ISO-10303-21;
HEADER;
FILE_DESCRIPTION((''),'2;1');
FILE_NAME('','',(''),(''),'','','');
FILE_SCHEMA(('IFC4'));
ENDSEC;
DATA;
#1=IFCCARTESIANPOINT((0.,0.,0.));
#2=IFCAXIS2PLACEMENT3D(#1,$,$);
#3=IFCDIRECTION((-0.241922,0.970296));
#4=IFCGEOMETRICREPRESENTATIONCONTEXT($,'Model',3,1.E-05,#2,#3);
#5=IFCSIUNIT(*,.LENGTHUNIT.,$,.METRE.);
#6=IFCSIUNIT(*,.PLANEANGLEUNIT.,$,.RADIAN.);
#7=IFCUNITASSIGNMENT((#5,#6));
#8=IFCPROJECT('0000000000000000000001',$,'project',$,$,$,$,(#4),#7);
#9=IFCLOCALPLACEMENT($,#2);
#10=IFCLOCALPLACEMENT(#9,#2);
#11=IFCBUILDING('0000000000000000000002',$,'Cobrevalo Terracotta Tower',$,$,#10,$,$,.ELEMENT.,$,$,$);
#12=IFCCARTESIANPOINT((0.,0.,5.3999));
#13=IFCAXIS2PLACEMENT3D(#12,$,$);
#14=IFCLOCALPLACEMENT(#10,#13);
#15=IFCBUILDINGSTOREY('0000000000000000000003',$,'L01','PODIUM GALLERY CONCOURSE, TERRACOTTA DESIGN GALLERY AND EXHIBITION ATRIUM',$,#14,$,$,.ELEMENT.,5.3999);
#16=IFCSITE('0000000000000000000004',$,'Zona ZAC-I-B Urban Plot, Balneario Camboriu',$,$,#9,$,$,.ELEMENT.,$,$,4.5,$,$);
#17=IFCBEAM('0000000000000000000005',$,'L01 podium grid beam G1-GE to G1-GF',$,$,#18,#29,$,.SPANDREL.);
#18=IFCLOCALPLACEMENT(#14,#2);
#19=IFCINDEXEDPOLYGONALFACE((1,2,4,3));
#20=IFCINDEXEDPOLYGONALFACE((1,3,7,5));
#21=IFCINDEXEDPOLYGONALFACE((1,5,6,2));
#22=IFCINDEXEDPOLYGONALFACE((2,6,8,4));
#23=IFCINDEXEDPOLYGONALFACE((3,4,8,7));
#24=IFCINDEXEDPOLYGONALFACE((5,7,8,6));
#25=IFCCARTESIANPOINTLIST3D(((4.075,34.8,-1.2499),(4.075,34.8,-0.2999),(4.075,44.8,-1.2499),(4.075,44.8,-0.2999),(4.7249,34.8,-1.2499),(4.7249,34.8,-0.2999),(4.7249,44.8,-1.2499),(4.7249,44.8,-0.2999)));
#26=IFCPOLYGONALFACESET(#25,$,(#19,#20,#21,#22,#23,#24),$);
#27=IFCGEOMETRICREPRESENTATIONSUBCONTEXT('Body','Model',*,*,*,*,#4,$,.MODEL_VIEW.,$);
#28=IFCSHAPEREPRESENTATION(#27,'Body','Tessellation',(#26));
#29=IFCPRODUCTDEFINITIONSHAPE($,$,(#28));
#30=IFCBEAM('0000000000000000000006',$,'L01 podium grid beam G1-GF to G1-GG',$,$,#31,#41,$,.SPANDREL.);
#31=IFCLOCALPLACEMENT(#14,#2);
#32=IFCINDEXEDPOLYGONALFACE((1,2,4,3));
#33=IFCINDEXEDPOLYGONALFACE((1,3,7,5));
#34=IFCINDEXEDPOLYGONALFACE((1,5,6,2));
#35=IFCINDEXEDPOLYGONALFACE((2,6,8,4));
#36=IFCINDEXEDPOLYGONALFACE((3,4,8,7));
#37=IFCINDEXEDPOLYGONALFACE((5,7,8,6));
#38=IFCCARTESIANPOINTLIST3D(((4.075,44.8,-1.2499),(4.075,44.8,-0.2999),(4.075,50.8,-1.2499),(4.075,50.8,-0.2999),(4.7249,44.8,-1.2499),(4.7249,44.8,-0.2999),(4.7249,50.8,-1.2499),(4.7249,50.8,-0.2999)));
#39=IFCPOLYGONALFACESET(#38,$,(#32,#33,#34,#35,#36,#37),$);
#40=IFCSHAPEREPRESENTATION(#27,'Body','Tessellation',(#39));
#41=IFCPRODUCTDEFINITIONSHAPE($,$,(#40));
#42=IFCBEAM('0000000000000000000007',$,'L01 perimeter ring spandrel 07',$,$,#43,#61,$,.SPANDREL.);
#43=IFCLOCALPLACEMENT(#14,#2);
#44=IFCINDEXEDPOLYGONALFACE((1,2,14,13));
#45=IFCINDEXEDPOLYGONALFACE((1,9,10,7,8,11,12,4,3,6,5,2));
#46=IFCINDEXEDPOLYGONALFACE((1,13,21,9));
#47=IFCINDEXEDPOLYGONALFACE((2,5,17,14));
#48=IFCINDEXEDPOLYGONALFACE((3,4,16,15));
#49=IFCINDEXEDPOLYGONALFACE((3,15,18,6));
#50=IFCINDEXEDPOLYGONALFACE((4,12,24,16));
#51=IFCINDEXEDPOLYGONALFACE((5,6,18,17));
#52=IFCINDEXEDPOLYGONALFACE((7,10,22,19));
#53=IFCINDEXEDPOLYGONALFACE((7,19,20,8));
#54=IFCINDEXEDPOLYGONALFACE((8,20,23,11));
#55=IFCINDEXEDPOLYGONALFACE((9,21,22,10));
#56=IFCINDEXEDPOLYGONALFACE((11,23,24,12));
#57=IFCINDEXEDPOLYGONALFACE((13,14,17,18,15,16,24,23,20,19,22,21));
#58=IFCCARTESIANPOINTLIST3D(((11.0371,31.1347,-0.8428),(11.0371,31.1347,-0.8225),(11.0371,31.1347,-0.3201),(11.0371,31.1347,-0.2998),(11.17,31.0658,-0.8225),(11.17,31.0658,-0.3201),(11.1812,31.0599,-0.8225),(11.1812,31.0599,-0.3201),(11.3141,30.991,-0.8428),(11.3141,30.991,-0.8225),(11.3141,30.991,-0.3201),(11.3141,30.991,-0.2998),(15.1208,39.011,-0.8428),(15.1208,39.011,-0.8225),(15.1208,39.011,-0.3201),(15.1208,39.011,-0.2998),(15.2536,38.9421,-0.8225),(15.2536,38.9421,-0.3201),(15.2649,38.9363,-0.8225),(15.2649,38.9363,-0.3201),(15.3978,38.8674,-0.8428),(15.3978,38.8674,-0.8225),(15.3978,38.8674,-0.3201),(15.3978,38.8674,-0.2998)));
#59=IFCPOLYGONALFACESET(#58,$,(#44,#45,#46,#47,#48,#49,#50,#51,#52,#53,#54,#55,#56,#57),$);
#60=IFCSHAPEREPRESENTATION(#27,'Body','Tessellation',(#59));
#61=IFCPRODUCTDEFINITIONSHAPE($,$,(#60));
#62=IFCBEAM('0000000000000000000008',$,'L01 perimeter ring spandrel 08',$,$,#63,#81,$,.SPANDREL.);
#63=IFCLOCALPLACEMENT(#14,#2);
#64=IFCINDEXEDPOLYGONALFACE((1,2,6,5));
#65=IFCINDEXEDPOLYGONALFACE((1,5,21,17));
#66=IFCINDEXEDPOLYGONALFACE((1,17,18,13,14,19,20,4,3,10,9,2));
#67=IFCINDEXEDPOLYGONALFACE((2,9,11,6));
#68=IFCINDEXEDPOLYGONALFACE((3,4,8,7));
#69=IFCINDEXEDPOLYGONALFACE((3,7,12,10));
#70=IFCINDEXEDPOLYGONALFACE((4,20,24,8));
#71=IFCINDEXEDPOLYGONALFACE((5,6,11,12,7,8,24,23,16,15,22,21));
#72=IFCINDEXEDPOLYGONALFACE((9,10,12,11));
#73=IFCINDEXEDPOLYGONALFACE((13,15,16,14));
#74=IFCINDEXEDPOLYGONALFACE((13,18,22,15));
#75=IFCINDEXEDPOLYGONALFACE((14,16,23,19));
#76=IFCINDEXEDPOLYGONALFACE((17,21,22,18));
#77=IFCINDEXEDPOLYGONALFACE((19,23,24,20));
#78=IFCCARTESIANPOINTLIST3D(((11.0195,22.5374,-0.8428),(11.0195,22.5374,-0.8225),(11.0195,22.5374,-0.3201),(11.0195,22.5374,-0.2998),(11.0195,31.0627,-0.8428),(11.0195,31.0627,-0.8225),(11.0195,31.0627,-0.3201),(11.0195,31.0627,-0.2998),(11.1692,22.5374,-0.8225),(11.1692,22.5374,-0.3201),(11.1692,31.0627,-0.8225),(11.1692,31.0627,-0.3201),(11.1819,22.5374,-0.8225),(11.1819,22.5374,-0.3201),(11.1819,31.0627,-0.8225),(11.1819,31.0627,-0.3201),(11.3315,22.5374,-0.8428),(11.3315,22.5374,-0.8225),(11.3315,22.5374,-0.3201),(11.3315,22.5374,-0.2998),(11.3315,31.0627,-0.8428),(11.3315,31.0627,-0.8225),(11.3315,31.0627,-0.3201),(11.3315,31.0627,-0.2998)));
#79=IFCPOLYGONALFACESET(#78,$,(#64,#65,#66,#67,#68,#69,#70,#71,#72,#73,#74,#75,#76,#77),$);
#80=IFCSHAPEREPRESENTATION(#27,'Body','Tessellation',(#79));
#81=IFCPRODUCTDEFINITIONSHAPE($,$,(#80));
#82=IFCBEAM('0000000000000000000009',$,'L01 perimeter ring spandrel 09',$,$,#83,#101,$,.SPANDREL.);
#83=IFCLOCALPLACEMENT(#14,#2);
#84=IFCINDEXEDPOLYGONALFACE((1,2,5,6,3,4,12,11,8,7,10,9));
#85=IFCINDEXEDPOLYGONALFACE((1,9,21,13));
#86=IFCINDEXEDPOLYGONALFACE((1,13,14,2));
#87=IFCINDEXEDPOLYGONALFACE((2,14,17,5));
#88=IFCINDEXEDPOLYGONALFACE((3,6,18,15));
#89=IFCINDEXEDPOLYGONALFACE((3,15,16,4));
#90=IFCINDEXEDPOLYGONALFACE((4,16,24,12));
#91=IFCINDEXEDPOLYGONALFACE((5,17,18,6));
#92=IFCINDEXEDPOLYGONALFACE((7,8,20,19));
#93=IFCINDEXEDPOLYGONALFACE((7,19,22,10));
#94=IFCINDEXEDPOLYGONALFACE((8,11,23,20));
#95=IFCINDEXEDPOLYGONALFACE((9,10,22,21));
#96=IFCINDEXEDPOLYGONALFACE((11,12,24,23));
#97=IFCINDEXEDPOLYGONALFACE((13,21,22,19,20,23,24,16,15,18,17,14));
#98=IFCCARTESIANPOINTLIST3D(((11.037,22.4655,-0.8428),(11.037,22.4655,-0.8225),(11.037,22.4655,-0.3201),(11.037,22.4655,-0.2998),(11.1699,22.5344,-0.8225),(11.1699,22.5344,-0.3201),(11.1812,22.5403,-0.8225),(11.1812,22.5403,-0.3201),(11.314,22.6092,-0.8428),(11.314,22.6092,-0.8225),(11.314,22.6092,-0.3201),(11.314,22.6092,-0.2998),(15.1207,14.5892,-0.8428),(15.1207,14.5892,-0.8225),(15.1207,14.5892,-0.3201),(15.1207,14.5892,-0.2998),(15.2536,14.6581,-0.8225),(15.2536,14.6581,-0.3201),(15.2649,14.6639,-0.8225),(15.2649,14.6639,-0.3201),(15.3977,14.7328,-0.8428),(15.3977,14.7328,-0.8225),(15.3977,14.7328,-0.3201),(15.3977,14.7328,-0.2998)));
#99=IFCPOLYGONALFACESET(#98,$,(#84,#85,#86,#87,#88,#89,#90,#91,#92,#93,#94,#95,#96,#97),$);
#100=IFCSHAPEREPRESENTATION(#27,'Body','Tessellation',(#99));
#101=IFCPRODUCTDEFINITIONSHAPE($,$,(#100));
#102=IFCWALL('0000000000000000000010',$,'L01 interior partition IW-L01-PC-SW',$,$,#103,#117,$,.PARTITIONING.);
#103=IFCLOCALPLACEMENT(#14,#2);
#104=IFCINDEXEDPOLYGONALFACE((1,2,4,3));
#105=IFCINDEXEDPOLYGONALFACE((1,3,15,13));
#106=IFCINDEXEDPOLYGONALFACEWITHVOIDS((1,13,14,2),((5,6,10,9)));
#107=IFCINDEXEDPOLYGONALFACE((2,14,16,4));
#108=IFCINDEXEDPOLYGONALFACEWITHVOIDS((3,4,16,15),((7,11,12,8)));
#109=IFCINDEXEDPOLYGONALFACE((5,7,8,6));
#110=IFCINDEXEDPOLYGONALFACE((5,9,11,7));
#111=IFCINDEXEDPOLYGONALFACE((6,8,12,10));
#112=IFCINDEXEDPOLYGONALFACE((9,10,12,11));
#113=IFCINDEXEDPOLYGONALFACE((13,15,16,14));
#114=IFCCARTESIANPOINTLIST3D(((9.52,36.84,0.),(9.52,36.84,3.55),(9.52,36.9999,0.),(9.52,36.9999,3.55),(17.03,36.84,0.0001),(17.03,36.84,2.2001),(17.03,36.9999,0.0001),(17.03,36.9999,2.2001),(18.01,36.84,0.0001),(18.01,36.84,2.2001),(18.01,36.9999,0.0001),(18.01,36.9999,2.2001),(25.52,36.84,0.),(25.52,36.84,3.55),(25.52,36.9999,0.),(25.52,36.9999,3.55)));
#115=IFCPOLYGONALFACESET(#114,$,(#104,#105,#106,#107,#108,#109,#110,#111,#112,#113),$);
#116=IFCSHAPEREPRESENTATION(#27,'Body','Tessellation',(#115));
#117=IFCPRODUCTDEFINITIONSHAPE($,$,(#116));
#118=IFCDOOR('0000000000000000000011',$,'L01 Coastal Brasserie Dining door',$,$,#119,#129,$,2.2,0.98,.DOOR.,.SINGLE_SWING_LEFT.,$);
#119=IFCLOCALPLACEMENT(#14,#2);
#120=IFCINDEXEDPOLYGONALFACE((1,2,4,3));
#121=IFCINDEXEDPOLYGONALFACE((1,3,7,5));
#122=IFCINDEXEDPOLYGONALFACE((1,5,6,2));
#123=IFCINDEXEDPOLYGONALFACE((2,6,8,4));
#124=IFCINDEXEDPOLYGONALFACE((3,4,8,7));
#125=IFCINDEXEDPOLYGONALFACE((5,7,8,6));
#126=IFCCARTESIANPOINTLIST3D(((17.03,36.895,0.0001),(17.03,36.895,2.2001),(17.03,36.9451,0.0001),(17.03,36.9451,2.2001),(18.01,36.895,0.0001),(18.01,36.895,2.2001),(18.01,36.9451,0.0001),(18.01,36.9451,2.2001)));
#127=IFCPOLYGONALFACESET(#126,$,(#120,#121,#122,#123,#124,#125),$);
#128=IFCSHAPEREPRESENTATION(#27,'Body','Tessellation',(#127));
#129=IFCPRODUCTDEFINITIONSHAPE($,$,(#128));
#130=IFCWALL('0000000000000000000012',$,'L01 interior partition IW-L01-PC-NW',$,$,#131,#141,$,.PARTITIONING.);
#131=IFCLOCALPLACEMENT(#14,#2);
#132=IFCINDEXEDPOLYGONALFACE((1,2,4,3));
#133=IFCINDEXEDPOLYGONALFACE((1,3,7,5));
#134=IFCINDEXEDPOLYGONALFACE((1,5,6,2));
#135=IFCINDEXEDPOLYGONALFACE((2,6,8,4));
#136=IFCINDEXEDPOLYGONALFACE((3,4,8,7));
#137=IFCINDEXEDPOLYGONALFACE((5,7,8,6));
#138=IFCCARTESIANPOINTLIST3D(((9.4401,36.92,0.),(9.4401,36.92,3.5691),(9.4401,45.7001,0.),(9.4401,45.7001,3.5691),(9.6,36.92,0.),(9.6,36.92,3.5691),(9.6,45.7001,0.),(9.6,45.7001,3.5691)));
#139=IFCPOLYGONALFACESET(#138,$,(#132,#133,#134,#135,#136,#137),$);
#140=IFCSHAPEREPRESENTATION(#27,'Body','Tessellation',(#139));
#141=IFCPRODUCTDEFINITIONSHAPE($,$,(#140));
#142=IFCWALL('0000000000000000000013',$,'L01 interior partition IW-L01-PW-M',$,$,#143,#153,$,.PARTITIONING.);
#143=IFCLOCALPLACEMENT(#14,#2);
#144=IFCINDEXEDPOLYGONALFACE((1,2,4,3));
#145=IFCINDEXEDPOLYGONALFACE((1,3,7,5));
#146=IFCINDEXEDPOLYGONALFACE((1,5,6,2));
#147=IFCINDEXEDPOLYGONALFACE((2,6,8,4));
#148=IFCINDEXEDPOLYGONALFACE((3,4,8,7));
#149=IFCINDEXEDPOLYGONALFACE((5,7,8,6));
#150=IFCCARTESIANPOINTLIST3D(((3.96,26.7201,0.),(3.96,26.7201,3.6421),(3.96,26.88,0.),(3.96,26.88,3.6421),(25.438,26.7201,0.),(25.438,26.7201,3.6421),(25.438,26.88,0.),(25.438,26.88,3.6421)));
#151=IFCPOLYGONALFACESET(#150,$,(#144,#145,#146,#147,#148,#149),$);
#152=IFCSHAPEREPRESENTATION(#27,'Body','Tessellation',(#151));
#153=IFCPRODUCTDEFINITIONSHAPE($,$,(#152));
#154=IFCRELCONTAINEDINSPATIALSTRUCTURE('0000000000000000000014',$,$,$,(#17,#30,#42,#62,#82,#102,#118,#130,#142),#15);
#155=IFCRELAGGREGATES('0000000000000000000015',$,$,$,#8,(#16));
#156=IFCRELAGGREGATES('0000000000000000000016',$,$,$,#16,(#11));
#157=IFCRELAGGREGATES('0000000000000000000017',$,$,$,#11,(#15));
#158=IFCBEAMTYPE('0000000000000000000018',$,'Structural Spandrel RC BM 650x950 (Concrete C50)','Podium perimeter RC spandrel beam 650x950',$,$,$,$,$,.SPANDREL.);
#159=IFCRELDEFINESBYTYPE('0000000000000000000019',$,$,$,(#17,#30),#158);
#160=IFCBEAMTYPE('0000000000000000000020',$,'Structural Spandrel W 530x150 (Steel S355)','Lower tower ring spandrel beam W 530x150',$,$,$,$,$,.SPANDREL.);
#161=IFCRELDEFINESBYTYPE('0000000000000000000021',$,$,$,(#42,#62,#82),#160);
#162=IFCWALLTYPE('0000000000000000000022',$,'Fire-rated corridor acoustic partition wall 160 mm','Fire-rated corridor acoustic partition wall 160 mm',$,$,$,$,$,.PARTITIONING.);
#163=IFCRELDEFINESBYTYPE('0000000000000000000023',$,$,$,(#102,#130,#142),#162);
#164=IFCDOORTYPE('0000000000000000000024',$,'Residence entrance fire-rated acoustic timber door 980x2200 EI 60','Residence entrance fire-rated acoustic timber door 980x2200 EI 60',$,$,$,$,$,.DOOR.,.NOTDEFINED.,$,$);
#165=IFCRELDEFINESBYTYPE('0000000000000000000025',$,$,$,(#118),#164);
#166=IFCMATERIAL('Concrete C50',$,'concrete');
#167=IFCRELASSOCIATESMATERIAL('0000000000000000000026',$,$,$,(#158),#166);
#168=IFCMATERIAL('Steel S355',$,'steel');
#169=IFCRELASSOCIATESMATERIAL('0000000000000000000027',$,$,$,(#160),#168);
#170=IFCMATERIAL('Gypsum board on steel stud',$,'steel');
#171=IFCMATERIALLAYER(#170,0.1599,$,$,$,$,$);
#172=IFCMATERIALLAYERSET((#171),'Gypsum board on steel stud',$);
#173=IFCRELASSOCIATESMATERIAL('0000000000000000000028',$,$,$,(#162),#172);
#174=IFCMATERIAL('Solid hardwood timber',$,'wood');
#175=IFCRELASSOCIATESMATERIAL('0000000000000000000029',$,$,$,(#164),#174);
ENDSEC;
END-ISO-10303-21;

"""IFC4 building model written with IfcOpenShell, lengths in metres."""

from ifc_helpers import new_model, si_unit, direction, frame, frame_2d, origin, origin_2d, place, context, subcontext, project, spatial, rectangle, i_section, extrude, source, transform, mapped, material, layer, layer_set, material_profile, profile_set, type_object, element, fill, save


model = new_model("IFC4")

# Units and contexts
model_context = context("Model", 3, precision=1e-05, world=origin(), true_north=direction((-0.241922, 0.970296)))
body_context = subcontext(model_context, "Body", "Model", "MODEL_VIEW")
ifc_project = project(units=[si_unit("LENGTHUNIT", "METRE"), si_unit("PLANEANGLEUNIT", "RADIAN")], contexts=[model_context])

# Site, building, storey
site_placement = place(None, origin())
site = spatial("IfcSite", under=ifc_project, at=site_placement, Name="Zona ZAC-I-B Urban Plot, Balneario Camboriu", CompositionType="ELEMENT", RefElevation=4.5)
building_placement = place(site_placement, origin())
building = spatial("IfcBuilding", under=site, at=building_placement, Name="Cobrevalo Terracotta Tower", CompositionType="ELEMENT")
storey_placement = place(building_placement, frame((0.0, 0.0, 5.3999)))
storey = spatial("IfcBuildingStorey", under=building, at=storey_placement, Name="L01", Description="PODIUM GALLERY CONCOURSE, TERRACOTTA DESIGN GALLERY AND EXHIBITION ATRIUM", CompositionType="ELEMENT", Elevation=5.3999)

# Shared definitions
ifc_material_1 = material(Name="Steel S355", Category="steel")
ifc_material_2 = material(Name="Concrete C50", Category="concrete")

# Beams
ifc_material_profile_1 = material_profile(ifc_material_2, rectangle(XDim=0.6499, YDim=0.95, at=origin_2d()), Name="RC BM 650x950")
ifc_profile_set_1 = profile_set([ifc_material_profile_1], Name="Concrete C50")
beam_type_1 = type_object("IfcBeamType", Name="Structural Spandrel RC BM 650x950 (Concrete C50)", Description="Podium perimeter RC spandrel beam 650x950", PredefinedType="SPANDREL", material=ifc_profile_set_1)
beam_1_placement = place(storey_placement, frame((4.3999, 34.8, -0.7749), z_axis=(0.0, 1.0, 0.0), x_axis=(-1.0, 0.0, 0.0)))
element("IfcBeam", 1, at=beam_1_placement, inside=storey, type_object=beam_type_1, Name="L01 podium grid beam G1-GE to G1-GF", PredefinedType="SPANDREL", context=body_context, shape_type="SweptSolid", body=[
    extrude(rectangle(XDim=0.6499, YDim=0.95, at=origin_2d()), origin(), (0.0, 0.0, 1.0), 10.0),
])
beam_2_placement = place(storey_placement, frame((4.3999, 44.8, -0.7749), z_axis=(0.0, 1.0, 0.0), x_axis=(-1.0, 0.0, 0.0)))
element("IfcBeam", 2, at=beam_2_placement, inside=storey, type_object=beam_type_1, Name="L01 podium grid beam G1-GF to G1-GG", PredefinedType="SPANDREL", context=body_context, shape_type="SweptSolid", body=[
    extrude(rectangle(XDim=0.6499, YDim=0.95, at=origin_2d()), origin(), (0.0, 0.0, 1.0), 6.0),
])
ifc_material_profile_2 = material_profile(ifc_material_1, i_section(OverallWidth=0.312, OverallDepth=0.543, WebThickness=0.0127, FlangeThickness=0.0203, at=origin_2d()), Name="W 530x150")
ifc_profile_set_2 = profile_set([ifc_material_profile_2], Name="Steel S355")
beam_type_2 = type_object("IfcBeamType", Name="Structural Spandrel W 530x150 (Steel S355)", Description="Lower tower ring spandrel beam W 530x150", PredefinedType="SPANDREL", material=ifc_profile_set_2)
beam_3_placement = place(storey_placement, frame((15.2593, 38.9392, -0.5713), z_axis=(-0.460286, -0.887771, 0.0), x_axis=(0.887771, -0.460286, 0.0)))
element("IfcBeam", 3, at=beam_3_placement, inside=storey, type_object=beam_type_2, Name="L01 perimeter ring spandrel 07", PredefinedType="SPANDREL", context=body_context, shape_type="SweptSolid", body=[
    extrude(i_section(OverallWidth=0.312, OverallDepth=0.543, WebThickness=0.0127, FlangeThickness=0.0203, at=origin_2d()), origin(), (0.0, 0.0, 1.0), 8.8721),
])
beam_4_placement = place(storey_placement, frame((11.1755, 31.0627, -0.5713), z_axis=(0.0, -1.0, 0.0), x_axis=(1.0, 0.0, 0.0)))
element("IfcBeam", 4, at=beam_4_placement, inside=storey, type_object=beam_type_2, Name="L01 perimeter ring spandrel 08", PredefinedType="SPANDREL", context=body_context, shape_type="SweptSolid", body=[
    extrude(i_section(OverallWidth=0.312, OverallDepth=0.543, WebThickness=0.0127, FlangeThickness=0.0203, at=origin_2d()), origin(), (0.0, 0.0, 1.0), 8.5254),
])
beam_5_placement = place(storey_placement, frame((11.1755, 22.5374, -0.5713), z_axis=(0.460286, -0.887771, 0.0), x_axis=(0.887771, 0.460286, 0.0)))
element("IfcBeam", 5, at=beam_5_placement, inside=storey, type_object=beam_type_2, Name="L01 perimeter ring spandrel 09", PredefinedType="SPANDREL", context=body_context, shape_type="SweptSolid", body=[
    extrude(i_section(OverallWidth=0.312, OverallDepth=0.543, WebThickness=0.0127, FlangeThickness=0.0203, at=origin_2d()), origin(), (0.0, 0.0, 1.0), 8.8721),
])

# Wall, opening, door
ifc_material_3 = material(Name="Gypsum board on steel stud", Category="steel")
ifc_layer_1 = layer(ifc_material_3, 0.1599)
ifc_layer_set_1 = layer_set([ifc_layer_1], Name="Gypsum board on steel stud")
wall_type_1 = type_object("IfcWallType", Name="Fire-rated corridor acoustic partition wall 160 mm", Description="Fire-rated corridor acoustic partition wall 160 mm", PredefinedType="PARTITIONING", material=ifc_layer_set_1)
wall_1_placement = place(storey_placement, frame((9.52, 36.9199, 0.0), z_axis=(0.0, 0.0, 1.0), x_axis=(1.0, 0.0, 0.0)))
wall_1 = element("IfcWall", 6, at=wall_1_placement, inside=storey, type_object=wall_type_1, Name="L01 interior partition IW-L01-PC-SW", PredefinedType="PARTITIONING", context=body_context, shape_type="SweptSolid", body=[
    extrude(rectangle(XDim=16.0, YDim=0.1599, at=frame_2d((8.0, 0.0))), origin(), (0.0, 0.0, 1.0), 3.55),
])
opening_1_placement = place(wall_1_placement, frame((7.51, 0.0, 0.0)))
opening_1 = element("IfcOpeningElement", 7, at=opening_1_placement, cuts=wall_1, PredefinedType="OPENING", context=body_context, shape_type="SweptSolid", body=[
    extrude(rectangle(XDim=0.98, YDim=2.2, at=frame_2d((0.49, 1.1001))), frame((0.0, 0.0898, 0.0), z_axis=(0.0, -1.0, 0.0), x_axis=(1.0, 0.0, 0.0)), (0.0, 0.0, 1.0), 0.1799),
])
ifc_material_4 = material(Name="Solid hardwood timber", Category="wood")
door_type_1 = type_object("IfcDoorType", Name="Residence entrance fire-rated acoustic timber door 980x2200 EI 60", Description="Residence entrance fire-rated acoustic timber door 980x2200 EI 60", OperationType="NOTDEFINED", PredefinedType="DOOR", material=ifc_material_4)
shared_shape_1 = source(origin(), body_context, "Body", "SweptSolid", [
    extrude(rectangle(XDim=0.98, YDim=2.2, at=frame_2d((0.49, 1.1001))), frame((0.0, 0.0249, 0.0), z_axis=(0.0, -1.0, 0.0), x_axis=(1.0, 0.0, 0.0)), (0.0, 0.0, 1.0), 0.05),
])
door_1_placement = place(opening_1_placement, frame((0.98, 0.0, 0.0), z_axis=(0.0, 0.0, 1.0), x_axis=(-1.0, 0.0, 0.0)))
door_1 = element("IfcDoor", 8, at=door_1_placement, inside=storey, type_object=door_type_1, Name="L01 Coastal Brasserie Dining door", OperationType="SINGLE_SWING_LEFT", OverallHeight=2.2, OverallWidth=0.98, PredefinedType="DOOR", context=body_context, shape_type="MappedRepresentation", body=[
    mapped(shared_shape_1, transform((0.0, 0.0, 0.0), scale=1.0)),
])
fill(opening_1, door_1)

# Walls
wall_2_placement = place(storey_placement, frame((9.52, 36.9199, 0.0), z_axis=(0.0, 0.0, 1.0), x_axis=(0.0, 1.0, 0.0)))
element("IfcWall", 9, at=wall_2_placement, inside=storey, type_object=wall_type_1, Name="L01 interior partition IW-L01-PC-NW", PredefinedType="PARTITIONING", context=body_context, shape_type="SweptSolid", body=[
    extrude(rectangle(XDim=8.78, YDim=0.1599, at=frame_2d((4.3901, 0.0))), origin(), (0.0, 0.0, 1.0), 3.5691),
])
wall_3_placement = place(storey_placement, frame((3.96, 26.8, 0.0), z_axis=(0.0, 0.0, 1.0), x_axis=(1.0, 0.0, 0.0)))
element("IfcWall", 10, at=wall_3_placement, inside=storey, type_object=wall_type_1, Name="L01 interior partition IW-L01-PW-M", PredefinedType="PARTITIONING", context=body_context, shape_type="SweptSolid", body=[
    extrude(rectangle(XDim=21.478, YDim=0.1599, at=frame_2d((10.739, 0.0))), origin(), (0.0, 0.0, 1.0), 3.6421),
])

save(model, "model.ifc")
